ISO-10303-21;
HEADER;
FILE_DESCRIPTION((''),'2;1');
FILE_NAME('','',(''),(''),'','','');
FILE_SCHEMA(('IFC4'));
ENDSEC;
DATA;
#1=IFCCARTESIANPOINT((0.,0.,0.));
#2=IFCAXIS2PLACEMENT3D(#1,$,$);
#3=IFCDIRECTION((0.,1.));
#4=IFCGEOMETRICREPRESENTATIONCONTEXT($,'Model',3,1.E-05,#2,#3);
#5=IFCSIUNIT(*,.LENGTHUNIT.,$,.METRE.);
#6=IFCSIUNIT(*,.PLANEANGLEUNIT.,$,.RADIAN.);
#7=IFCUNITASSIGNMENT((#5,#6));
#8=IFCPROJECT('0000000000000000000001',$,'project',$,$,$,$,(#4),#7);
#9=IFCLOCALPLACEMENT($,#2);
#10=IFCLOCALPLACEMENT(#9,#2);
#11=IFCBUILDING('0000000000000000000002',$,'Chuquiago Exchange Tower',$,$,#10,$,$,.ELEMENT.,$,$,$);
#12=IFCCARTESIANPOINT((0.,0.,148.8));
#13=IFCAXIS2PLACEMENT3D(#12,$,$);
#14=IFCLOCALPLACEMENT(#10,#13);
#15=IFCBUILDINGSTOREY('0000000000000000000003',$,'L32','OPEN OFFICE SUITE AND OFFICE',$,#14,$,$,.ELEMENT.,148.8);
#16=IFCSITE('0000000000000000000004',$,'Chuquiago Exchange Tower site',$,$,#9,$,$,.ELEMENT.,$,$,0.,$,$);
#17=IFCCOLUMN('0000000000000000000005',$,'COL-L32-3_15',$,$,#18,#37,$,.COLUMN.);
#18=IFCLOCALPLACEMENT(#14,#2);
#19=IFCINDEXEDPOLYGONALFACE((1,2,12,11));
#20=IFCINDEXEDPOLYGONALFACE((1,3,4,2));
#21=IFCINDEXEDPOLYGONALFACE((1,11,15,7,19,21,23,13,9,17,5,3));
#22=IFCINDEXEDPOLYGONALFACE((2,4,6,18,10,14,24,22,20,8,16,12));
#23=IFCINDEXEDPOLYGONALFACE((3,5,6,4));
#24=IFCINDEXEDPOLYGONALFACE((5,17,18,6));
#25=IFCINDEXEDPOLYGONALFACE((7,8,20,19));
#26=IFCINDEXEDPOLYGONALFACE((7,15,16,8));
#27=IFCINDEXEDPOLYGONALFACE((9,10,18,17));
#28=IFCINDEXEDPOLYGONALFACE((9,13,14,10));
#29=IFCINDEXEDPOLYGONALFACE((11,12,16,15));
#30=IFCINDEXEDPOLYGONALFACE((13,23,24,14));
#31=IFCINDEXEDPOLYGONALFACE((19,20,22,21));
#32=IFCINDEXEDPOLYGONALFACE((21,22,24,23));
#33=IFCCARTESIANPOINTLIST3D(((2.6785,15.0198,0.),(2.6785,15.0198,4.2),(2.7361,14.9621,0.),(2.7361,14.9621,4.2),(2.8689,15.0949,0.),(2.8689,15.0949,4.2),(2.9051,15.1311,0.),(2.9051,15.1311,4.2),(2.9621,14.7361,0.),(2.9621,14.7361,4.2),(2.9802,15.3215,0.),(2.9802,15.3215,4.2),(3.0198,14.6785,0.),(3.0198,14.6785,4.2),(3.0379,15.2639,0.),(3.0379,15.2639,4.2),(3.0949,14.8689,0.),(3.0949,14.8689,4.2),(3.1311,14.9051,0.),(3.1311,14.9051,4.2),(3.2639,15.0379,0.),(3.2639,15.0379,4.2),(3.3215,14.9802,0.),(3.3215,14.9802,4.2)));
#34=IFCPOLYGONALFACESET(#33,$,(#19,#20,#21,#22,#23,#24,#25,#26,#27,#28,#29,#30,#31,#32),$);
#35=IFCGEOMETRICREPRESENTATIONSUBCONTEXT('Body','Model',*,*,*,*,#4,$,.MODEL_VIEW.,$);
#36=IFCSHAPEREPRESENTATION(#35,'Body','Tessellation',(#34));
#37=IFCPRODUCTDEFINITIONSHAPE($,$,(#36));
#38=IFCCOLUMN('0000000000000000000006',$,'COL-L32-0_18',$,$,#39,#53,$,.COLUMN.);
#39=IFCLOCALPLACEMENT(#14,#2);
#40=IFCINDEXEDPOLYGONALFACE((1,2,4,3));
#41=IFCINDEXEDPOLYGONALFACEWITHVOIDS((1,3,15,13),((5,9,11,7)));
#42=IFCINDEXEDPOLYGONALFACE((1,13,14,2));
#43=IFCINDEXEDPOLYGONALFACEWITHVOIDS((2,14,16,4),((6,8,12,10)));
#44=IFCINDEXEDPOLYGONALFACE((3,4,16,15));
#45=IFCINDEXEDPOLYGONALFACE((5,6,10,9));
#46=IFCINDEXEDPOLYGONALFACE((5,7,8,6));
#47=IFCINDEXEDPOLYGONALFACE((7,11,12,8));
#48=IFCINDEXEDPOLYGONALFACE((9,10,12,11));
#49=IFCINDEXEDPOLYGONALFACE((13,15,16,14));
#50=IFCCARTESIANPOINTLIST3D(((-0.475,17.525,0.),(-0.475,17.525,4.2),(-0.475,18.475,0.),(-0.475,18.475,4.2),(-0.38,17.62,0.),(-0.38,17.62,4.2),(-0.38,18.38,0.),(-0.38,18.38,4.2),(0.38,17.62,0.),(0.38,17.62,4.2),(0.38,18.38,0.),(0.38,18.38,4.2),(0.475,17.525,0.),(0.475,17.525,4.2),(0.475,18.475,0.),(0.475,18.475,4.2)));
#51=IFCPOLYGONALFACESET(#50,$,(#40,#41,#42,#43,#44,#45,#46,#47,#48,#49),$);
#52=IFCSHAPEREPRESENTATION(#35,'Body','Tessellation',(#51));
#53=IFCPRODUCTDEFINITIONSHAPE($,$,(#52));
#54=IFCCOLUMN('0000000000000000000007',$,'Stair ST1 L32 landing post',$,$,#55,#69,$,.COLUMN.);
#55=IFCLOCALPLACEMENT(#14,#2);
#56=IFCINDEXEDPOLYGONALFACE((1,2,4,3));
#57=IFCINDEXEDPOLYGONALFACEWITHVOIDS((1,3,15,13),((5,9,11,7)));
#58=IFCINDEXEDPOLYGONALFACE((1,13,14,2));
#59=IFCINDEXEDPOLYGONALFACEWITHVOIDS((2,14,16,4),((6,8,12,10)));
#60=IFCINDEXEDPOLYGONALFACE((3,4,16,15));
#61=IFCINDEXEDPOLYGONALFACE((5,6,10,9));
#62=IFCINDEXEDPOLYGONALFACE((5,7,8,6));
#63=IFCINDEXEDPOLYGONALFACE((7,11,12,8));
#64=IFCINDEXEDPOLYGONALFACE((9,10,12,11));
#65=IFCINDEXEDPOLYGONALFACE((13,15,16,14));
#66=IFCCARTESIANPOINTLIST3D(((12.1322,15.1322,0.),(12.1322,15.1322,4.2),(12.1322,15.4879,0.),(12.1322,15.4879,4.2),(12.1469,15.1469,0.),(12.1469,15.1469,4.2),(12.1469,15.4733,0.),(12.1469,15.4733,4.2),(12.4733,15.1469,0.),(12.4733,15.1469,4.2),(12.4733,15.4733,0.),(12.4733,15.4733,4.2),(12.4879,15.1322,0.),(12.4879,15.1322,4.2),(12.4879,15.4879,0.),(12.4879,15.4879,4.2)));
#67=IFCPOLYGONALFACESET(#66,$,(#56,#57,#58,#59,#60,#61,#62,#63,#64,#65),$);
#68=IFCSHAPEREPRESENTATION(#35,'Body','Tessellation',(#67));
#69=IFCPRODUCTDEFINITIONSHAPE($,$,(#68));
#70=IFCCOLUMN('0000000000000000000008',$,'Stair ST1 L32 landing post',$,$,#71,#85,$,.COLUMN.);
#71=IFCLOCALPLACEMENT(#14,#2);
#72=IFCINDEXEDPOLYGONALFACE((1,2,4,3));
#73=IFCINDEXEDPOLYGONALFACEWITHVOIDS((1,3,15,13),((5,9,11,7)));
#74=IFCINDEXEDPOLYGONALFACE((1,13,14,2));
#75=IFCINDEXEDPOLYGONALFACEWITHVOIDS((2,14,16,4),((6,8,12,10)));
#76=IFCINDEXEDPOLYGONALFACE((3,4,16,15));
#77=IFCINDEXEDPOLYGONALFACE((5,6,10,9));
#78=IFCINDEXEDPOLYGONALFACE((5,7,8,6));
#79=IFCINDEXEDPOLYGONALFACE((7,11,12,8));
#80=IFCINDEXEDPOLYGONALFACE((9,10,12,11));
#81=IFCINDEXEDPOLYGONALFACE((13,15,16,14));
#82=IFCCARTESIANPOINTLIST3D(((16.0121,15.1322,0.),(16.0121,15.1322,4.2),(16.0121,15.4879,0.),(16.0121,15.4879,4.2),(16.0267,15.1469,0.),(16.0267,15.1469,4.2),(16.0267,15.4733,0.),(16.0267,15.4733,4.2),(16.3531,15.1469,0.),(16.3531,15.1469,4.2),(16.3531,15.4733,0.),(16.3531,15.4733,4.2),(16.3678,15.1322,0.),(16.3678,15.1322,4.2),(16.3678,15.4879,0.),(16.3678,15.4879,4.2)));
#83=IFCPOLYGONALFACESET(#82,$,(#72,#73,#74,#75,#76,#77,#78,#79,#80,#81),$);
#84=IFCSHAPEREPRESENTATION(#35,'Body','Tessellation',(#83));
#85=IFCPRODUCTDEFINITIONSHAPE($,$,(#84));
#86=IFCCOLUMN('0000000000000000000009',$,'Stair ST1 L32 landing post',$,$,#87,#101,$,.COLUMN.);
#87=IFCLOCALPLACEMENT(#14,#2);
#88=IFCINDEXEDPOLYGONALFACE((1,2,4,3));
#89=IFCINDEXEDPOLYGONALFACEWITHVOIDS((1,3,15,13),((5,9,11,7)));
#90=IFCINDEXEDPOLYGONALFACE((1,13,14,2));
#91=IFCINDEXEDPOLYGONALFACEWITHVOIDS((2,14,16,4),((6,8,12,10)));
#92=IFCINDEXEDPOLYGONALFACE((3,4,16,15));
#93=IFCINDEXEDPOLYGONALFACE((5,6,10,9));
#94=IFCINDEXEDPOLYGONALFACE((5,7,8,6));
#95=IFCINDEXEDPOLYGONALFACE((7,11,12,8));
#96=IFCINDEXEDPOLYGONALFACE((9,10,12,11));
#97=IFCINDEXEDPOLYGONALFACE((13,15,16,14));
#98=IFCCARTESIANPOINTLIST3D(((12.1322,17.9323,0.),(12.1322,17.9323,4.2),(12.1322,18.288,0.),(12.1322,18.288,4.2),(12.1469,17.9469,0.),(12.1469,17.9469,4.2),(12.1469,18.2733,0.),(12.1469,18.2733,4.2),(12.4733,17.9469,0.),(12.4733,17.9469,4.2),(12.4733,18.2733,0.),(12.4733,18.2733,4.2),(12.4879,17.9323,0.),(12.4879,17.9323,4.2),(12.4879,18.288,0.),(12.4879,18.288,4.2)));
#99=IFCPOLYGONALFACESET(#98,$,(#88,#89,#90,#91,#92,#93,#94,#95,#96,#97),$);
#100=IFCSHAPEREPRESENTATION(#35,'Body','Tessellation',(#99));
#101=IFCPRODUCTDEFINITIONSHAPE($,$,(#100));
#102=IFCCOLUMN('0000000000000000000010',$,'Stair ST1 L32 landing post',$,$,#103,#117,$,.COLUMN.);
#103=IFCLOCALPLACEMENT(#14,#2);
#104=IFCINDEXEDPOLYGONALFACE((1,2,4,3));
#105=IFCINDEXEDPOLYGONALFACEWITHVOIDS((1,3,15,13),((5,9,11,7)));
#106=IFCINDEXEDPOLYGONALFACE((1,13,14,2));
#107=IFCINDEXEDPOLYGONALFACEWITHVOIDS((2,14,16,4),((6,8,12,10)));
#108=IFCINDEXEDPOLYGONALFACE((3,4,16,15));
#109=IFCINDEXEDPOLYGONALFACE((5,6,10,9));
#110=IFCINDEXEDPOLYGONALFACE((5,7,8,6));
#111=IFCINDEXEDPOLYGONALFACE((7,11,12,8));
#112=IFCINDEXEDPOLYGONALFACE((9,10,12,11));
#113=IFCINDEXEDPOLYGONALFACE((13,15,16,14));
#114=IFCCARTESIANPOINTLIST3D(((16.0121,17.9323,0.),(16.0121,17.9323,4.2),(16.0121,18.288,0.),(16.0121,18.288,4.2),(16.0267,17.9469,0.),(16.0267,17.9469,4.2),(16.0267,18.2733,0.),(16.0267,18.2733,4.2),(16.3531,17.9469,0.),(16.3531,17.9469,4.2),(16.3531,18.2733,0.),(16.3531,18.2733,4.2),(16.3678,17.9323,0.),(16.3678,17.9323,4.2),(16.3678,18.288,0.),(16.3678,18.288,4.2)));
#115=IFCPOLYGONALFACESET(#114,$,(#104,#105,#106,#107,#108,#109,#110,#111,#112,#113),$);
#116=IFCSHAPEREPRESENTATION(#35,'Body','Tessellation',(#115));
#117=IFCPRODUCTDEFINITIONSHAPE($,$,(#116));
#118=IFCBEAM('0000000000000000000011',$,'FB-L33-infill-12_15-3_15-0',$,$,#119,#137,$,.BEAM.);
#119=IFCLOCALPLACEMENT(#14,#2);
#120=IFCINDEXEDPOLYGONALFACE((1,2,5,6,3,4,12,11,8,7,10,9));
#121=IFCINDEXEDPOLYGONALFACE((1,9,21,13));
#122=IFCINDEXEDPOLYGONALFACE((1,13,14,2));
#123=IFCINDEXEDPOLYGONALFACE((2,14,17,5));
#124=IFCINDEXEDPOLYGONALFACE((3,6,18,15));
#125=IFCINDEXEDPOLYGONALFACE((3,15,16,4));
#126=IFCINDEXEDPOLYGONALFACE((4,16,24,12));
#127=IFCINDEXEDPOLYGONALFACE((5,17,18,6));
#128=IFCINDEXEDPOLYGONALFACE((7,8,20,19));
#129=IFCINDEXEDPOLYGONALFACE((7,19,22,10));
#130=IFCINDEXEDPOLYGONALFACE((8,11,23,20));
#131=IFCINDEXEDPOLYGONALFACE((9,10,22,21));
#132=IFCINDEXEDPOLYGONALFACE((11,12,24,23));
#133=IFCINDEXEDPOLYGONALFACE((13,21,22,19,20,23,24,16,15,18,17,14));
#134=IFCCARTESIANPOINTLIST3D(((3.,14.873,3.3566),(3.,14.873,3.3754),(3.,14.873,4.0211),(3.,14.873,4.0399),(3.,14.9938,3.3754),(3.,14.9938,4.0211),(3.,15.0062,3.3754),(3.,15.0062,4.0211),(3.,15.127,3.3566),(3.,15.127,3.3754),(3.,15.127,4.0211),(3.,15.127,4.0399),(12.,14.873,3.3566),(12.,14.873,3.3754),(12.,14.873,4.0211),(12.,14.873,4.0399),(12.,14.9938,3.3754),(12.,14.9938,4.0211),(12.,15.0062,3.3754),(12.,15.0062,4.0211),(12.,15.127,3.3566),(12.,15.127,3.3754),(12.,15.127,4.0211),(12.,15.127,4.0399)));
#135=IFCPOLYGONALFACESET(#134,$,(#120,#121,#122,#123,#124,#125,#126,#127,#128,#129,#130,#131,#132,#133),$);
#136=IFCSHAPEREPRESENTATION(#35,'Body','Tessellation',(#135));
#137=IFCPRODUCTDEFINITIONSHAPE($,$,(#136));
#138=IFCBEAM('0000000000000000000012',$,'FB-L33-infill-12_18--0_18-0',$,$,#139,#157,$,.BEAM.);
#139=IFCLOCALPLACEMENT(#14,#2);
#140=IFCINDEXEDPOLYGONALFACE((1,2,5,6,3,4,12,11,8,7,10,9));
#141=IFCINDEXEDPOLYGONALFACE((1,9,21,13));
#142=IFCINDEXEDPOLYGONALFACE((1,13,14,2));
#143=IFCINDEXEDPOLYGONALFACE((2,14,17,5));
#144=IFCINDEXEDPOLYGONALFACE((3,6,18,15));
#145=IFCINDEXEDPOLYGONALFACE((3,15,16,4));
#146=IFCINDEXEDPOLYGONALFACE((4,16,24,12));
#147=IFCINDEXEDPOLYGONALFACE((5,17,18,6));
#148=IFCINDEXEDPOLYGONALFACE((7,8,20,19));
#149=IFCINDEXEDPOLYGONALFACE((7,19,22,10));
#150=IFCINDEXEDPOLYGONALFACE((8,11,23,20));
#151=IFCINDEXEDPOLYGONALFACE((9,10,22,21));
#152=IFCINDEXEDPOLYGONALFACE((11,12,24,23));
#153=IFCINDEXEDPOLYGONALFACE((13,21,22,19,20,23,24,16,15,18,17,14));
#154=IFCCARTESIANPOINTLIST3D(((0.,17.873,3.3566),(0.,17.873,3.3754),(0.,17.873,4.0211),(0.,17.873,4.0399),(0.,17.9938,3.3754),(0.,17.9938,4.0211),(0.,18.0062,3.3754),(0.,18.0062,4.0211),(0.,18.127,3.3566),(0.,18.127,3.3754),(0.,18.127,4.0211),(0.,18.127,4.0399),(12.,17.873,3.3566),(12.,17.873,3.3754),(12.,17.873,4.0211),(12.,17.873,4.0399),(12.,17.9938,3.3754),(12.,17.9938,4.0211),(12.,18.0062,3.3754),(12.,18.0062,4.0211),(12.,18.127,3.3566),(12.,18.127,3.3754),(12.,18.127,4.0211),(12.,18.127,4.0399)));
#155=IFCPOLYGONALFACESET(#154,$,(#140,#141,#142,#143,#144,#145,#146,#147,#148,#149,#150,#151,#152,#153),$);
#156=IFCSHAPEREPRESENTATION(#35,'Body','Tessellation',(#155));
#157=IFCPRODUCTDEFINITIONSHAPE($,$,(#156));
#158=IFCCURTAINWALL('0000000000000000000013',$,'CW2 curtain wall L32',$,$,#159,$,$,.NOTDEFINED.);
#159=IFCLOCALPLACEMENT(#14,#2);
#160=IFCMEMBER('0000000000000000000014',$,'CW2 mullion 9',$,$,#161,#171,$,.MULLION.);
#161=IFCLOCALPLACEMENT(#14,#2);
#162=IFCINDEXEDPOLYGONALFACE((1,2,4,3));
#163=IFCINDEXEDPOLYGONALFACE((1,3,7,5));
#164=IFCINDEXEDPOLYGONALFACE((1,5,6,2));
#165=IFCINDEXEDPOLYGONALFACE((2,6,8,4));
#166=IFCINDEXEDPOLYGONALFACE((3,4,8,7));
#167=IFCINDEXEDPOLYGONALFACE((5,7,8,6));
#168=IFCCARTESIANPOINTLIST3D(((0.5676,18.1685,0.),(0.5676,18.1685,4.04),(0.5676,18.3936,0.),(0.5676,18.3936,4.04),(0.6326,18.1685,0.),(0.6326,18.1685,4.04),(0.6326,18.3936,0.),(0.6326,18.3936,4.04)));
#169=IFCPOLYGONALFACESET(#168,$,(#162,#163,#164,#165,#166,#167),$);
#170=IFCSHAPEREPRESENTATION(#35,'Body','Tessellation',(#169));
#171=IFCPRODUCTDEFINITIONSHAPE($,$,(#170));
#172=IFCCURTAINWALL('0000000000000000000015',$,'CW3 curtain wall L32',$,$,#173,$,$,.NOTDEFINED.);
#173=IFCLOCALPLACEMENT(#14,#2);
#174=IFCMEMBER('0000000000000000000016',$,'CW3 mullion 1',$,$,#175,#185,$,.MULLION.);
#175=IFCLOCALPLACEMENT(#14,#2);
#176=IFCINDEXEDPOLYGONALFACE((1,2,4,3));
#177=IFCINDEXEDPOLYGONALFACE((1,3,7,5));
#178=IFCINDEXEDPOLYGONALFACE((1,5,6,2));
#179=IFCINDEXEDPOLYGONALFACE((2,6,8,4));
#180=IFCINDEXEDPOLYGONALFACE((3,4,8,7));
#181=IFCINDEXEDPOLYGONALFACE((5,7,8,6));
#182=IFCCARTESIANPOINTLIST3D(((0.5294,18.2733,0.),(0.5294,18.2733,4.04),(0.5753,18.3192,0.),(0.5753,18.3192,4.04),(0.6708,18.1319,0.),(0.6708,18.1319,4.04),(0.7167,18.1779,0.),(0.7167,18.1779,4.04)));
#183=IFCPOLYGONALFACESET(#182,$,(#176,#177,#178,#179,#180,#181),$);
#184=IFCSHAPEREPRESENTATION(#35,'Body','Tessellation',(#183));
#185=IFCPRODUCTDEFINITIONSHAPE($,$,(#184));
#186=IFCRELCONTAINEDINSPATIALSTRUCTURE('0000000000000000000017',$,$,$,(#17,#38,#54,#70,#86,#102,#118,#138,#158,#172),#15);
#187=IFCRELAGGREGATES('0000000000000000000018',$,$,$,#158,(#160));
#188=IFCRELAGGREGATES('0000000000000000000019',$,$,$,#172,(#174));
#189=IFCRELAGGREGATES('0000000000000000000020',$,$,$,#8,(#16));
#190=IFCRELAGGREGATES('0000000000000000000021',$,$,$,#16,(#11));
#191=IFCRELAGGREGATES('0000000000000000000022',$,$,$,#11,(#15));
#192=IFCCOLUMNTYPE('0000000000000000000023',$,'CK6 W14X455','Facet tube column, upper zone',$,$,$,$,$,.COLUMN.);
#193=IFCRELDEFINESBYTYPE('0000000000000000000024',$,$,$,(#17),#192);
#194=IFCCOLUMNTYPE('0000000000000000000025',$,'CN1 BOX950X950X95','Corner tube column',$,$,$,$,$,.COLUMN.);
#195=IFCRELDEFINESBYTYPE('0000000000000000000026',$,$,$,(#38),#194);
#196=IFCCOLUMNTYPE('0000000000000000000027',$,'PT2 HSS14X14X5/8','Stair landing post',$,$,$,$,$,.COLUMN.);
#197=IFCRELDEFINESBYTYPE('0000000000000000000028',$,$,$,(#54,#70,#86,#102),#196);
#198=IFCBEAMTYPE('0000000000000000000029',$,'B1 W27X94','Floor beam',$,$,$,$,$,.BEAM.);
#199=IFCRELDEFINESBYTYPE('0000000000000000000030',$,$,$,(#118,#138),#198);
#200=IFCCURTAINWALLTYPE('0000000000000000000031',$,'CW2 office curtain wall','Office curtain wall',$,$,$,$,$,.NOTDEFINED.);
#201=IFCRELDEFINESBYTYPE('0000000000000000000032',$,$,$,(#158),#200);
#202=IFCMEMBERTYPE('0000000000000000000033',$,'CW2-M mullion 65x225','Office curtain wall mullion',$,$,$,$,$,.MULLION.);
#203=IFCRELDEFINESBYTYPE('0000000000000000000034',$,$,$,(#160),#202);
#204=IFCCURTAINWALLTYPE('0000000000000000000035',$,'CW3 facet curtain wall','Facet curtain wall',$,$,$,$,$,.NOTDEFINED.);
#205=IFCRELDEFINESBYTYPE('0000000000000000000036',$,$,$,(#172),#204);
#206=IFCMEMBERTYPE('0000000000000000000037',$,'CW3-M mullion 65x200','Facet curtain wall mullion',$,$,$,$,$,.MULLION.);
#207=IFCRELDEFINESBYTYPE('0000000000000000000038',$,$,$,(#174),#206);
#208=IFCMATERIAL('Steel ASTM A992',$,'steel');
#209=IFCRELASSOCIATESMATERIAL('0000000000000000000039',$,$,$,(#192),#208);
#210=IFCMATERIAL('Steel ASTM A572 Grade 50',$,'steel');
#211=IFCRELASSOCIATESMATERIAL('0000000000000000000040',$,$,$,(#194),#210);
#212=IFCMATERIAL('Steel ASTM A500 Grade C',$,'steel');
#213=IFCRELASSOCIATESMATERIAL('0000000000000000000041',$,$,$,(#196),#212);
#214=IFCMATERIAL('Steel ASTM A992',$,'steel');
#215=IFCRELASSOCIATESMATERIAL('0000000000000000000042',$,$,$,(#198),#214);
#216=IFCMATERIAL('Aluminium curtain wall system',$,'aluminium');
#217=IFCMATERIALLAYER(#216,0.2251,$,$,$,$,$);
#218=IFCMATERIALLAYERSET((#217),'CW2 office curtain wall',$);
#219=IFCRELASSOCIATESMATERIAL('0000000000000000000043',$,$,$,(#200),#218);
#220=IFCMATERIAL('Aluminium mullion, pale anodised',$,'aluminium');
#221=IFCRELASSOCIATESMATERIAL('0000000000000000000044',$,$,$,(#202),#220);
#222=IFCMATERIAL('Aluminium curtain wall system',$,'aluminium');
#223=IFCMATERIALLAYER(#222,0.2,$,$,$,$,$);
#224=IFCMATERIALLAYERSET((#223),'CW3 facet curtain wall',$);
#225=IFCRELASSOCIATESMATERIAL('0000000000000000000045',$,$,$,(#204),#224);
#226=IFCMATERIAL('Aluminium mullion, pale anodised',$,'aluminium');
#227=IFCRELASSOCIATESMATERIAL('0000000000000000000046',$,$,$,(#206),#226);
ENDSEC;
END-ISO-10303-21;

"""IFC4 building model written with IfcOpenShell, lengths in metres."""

from ifc_helpers import new_model, si_unit, direction, frame, origin, origin_2d, place, context, subcontext, project, spatial, rectangle, hollow_rectangle, i_section, extrude, material, layer, layer_set, material_profile, profile_set, type_object, element, aggregate, save


model = new_model("IFC4")

# Units and contexts
model_context = context("Model", 3, precision=1e-05, world=origin(), true_north=direction((0.0, 1.0)))
body_context = subcontext(model_context, "Body", "Model", "MODEL_VIEW")
ifc_project = project(units=[si_unit("LENGTHUNIT", "METRE"), si_unit("PLANEANGLEUNIT", "RADIAN")], contexts=[model_context])

# Site, building, storey
site_placement = place(None, origin())
site = spatial("IfcSite", under=ifc_project, at=site_placement, Name="Chuquiago Exchange Tower site", CompositionType="ELEMENT", RefElevation=0.0)
building_placement = place(site_placement, origin())
building = spatial("IfcBuilding", under=site, at=building_placement, Name="Chuquiago Exchange Tower", CompositionType="ELEMENT")
storey_placement = place(building_placement, frame((0.0, 0.0, 148.8)))
storey = spatial("IfcBuildingStorey", under=building, at=storey_placement, Name="L32", Description="OPEN OFFICE SUITE AND OFFICE", CompositionType="ELEMENT", Elevation=148.8)

# Columns
ifc_material_1 = material(Name="Steel ASTM A992", Category="steel")
ifc_material_profile_1 = material_profile(ifc_material_1, i_section(OverallWidth=0.4268, OverallDepth=0.4827, WebThickness=0.0513, FlangeThickness=0.0815, at=origin_2d()), Name="W14X455")
ifc_profile_set_1 = profile_set([ifc_material_profile_1], Name="Steel ASTM A992")
column_type_1 = type_object("IfcColumnType", Name="CK6 W14X455", Description="Facet tube column, upper zone", PredefinedType="COLUMN", material=ifc_profile_set_1)
column_1_placement = place(storey_placement, frame((3.0, 15.0, 0.0), z_axis=(0.0, 0.0, 1.0), x_axis=(-0.707107, -0.707107, 0.0)))
element("IfcColumn", 1, at=column_1_placement, inside=storey, type_object=column_type_1, Name="COL-L32-3_15", PredefinedType="COLUMN", context=body_context, shape_type="SweptSolid", body=[
    extrude(i_section(OverallWidth=0.4268, OverallDepth=0.4827, WebThickness=0.0513, FlangeThickness=0.0815, at=origin_2d()), origin(), (0.0, 0.0, 1.0), 4.2),
])
ifc_material_2 = material(Name="Steel ASTM A572 Grade 50", Category="steel")
ifc_material_profile_2 = material_profile(ifc_material_2, hollow_rectangle(XDim=0.95, YDim=0.95, WallThickness=0.095, at=origin_2d()), Name="BOX950X950X95")
ifc_profile_set_2 = profile_set([ifc_material_profile_2], Name="Steel ASTM A572 Grade 50")
column_type_2 = type_object("IfcColumnType", Name="CN1 BOX950X950X95", Description="Corner tube column", PredefinedType="COLUMN", material=ifc_profile_set_2)
column_2_placement = place(storey_placement, frame((0.0, 18.0, 0.0), z_axis=(0.0, 0.0, 1.0), x_axis=(-1.0, 0.0, 0.0)))
element("IfcColumn", 2, at=column_2_placement, inside=storey, type_object=column_type_2, Name="COL-L32-0_18", PredefinedType="COLUMN", context=body_context, shape_type="SweptSolid", body=[
    extrude(hollow_rectangle(XDim=0.95, YDim=0.95, WallThickness=0.095, at=origin_2d()), origin(), (0.0, 0.0, 1.0), 4.2),
])
ifc_material_3 = material(Name="Steel ASTM A500 Grade C", Category="steel")
ifc_material_profile_3 = material_profile(ifc_material_3, hollow_rectangle(XDim=0.3557, YDim=0.3557, WallThickness=0.0146, at=origin_2d()), Name="HSS14X14X5/8")
ifc_profile_set_3 = profile_set([ifc_material_profile_3], Name="Steel ASTM A500 Grade C")
column_type_3 = type_object("IfcColumnType", Name="PT2 HSS14X14X5/8", Description="Stair landing post", PredefinedType="COLUMN", material=ifc_profile_set_3)
for number, where, z_axis, x_axis, name in (
    (3, (12.3101, 15.3101, 0.0), (0.0, 0.0, 1.0), (1.0, 0.0, 0.0), "Stair ST1 L32 landing post"),
    (4, (16.1899, 15.3101, 0.0), (0.0, 0.0, 1.0), (1.0, 0.0, 0.0), "Stair ST1 L32 landing post"),
    (5, (12.3101, 18.1101, 0.0), (0.0, 0.0, 1.0), (1.0, 0.0, 0.0), "Stair ST1 L32 landing post"),
    (6, (16.1899, 18.1101, 0.0), (0.0, 0.0, 1.0), (1.0, 0.0, 0.0), "Stair ST1 L32 landing post"),
):
    element("IfcColumn", number, at=place(storey_placement, frame(where, z_axis=z_axis, x_axis=x_axis)), inside=storey, type_object=column_type_3, Name=name, PredefinedType="COLUMN", context=body_context, shape_type="SweptSolid", body=[
        extrude(hollow_rectangle(XDim=0.3557, YDim=0.3557, WallThickness=0.0146, at=origin_2d()), origin(), (0.0, 0.0, 1.0), 4.2),
    ])

# Beams
ifc_material_4 = material(Name="Steel ASTM A992", Category="steel")
ifc_material_profile_4 = material_profile(ifc_material_4, i_section(OverallWidth=0.2539, OverallDepth=0.6833, WebThickness=0.0125, FlangeThickness=0.0188, at=origin_2d()), Name="W27X94")
ifc_profile_set_4 = profile_set([ifc_material_profile_4], Name="Steel ASTM A992")
beam_type_1 = type_object("IfcBeamType", Name="B1 W27X94", Description="Floor beam", PredefinedType="BEAM", material=ifc_profile_set_4)
beam_1_placement = place(storey_placement, frame((12.0, 15.0, 3.6982), z_axis=(-1.0, 0.0, 0.0), x_axis=(0.0, -1.0, 0.0)))
element("IfcBeam", 7, at=beam_1_placement, inside=storey, type_object=beam_type_1, Name="FB-L33-infill-12_15-3_15-0", PredefinedType="BEAM", context=body_context, shape_type="SweptSolid", body=[
    extrude(i_section(OverallWidth=0.2539, OverallDepth=0.6833, WebThickness=0.0125, FlangeThickness=0.0188, at=origin_2d()), origin(), (0.0, 0.0, 1.0), 9.0),
])
beam_2_placement = place(storey_placement, frame((12.0, 18.0, 3.6982), z_axis=(-1.0, 0.0, 0.0), x_axis=(0.0, -1.0, 0.0)))
element("IfcBeam", 8, at=beam_2_placement, inside=storey, type_object=beam_type_1, Name="FB-L33-infill-12_18--0_18-0", PredefinedType="BEAM", context=body_context, shape_type="SweptSolid", body=[
    extrude(i_section(OverallWidth=0.2539, OverallDepth=0.6833, WebThickness=0.0125, FlangeThickness=0.0188, at=origin_2d()), origin(), (0.0, 0.0, 1.0), 12.0),
])

# Curtain wall, member
ifc_material_5 = material(Name="Aluminium curtain wall system", Category="aluminium")
ifc_layer_1 = layer(ifc_material_5, 0.2251)
ifc_layer_set_1 = layer_set([ifc_layer_1], Name="CW2 office curtain wall")
curtain_wall_type_1 = type_object("IfcCurtainWallType", Name="CW2 office curtain wall", Description="Office curtain wall", PredefinedType="NOTDEFINED", material=ifc_layer_set_1)
curtain_wall_1_placement = place(storey_placement, origin())
curtain_wall_1 = element("IfcCurtainWall", 9, at=curtain_wall_1_placement, inside=storey, type_object=curtain_wall_type_1, Name="CW2 curtain wall L32", PredefinedType="NOTDEFINED")
ifc_material_6 = material(Name="Aluminium mullion, pale anodised", Category="aluminium")
ifc_material_profile_5 = material_profile(ifc_material_6, rectangle(XDim=0.0649, YDim=0.2251, at=origin_2d()), Name="AL 65x225")
ifc_profile_set_5 = profile_set([ifc_material_profile_5], Name="Aluminium mullion, pale anodised")
member_type_1 = type_object("IfcMemberType", Name="CW2-M mullion 65x225", Description="Office curtain wall mullion", PredefinedType="MULLION", material=ifc_profile_set_5)
member_1_placement = place(storey_placement, frame((0.6001, 18.281, 0.0), z_axis=(0.0, 0.0, 1.0), x_axis=(1.0, 0.0, 0.0)))
member_1 = element("IfcMember", 10, at=member_1_placement, type_object=member_type_1, Name="CW2 mullion 9", PredefinedType="MULLION", context=body_context, shape_type="SweptSolid", body=[
    extrude(rectangle(XDim=0.0649, YDim=0.2251, at=origin_2d()), origin(), (0.0, 0.0, 1.0), 4.04),
])
aggregate(curtain_wall_1, [member_1])

# Curtain wall, member
ifc_material_7 = material(Name="Aluminium curtain wall system", Category="aluminium")
ifc_layer_2 = layer(ifc_material_7, 0.2)
ifc_layer_set_2 = layer_set([ifc_layer_2], Name="CW3 facet curtain wall")
curtain_wall_type_2 = type_object("IfcCurtainWallType", Name="CW3 facet curtain wall", Description="Facet curtain wall", PredefinedType="NOTDEFINED", material=ifc_layer_set_2)
curtain_wall_2_placement = place(storey_placement, origin())
curtain_wall_2 = element("IfcCurtainWall", 11, at=curtain_wall_2_placement, inside=storey, type_object=curtain_wall_type_2, Name="CW3 curtain wall L32", PredefinedType="NOTDEFINED")
ifc_material_8 = material(Name="Aluminium mullion, pale anodised", Category="aluminium")
ifc_material_profile_6 = material_profile(ifc_material_8, rectangle(XDim=0.0649, YDim=0.2, at=origin_2d()), Name="AL 65x200")
ifc_profile_set_6 = profile_set([ifc_material_profile_6], Name="Aluminium mullion, pale anodised")
member_type_2 = type_object("IfcMemberType", Name="CW3-M mullion 65x200", Description="Facet curtain wall mullion", PredefinedType="MULLION", material=ifc_profile_set_6)
member_2_placement = place(storey_placement, frame((0.623, 18.2256, 0.0), z_axis=(0.0, 0.0, 1.0), x_axis=(0.707107, 0.707107, 0.0)))
member_2 = element("IfcMember", 12, at=member_2_placement, type_object=member_type_2, Name="CW3 mullion 1", PredefinedType="MULLION", context=body_context, shape_type="SweptSolid", body=[
    extrude(rectangle(XDim=0.0649, YDim=0.2, at=origin_2d()), origin(), (0.0, 0.0, 1.0), 4.04),
])

aggregate(curtain_wall_2, [member_2])

save(model, "model.ifc")
